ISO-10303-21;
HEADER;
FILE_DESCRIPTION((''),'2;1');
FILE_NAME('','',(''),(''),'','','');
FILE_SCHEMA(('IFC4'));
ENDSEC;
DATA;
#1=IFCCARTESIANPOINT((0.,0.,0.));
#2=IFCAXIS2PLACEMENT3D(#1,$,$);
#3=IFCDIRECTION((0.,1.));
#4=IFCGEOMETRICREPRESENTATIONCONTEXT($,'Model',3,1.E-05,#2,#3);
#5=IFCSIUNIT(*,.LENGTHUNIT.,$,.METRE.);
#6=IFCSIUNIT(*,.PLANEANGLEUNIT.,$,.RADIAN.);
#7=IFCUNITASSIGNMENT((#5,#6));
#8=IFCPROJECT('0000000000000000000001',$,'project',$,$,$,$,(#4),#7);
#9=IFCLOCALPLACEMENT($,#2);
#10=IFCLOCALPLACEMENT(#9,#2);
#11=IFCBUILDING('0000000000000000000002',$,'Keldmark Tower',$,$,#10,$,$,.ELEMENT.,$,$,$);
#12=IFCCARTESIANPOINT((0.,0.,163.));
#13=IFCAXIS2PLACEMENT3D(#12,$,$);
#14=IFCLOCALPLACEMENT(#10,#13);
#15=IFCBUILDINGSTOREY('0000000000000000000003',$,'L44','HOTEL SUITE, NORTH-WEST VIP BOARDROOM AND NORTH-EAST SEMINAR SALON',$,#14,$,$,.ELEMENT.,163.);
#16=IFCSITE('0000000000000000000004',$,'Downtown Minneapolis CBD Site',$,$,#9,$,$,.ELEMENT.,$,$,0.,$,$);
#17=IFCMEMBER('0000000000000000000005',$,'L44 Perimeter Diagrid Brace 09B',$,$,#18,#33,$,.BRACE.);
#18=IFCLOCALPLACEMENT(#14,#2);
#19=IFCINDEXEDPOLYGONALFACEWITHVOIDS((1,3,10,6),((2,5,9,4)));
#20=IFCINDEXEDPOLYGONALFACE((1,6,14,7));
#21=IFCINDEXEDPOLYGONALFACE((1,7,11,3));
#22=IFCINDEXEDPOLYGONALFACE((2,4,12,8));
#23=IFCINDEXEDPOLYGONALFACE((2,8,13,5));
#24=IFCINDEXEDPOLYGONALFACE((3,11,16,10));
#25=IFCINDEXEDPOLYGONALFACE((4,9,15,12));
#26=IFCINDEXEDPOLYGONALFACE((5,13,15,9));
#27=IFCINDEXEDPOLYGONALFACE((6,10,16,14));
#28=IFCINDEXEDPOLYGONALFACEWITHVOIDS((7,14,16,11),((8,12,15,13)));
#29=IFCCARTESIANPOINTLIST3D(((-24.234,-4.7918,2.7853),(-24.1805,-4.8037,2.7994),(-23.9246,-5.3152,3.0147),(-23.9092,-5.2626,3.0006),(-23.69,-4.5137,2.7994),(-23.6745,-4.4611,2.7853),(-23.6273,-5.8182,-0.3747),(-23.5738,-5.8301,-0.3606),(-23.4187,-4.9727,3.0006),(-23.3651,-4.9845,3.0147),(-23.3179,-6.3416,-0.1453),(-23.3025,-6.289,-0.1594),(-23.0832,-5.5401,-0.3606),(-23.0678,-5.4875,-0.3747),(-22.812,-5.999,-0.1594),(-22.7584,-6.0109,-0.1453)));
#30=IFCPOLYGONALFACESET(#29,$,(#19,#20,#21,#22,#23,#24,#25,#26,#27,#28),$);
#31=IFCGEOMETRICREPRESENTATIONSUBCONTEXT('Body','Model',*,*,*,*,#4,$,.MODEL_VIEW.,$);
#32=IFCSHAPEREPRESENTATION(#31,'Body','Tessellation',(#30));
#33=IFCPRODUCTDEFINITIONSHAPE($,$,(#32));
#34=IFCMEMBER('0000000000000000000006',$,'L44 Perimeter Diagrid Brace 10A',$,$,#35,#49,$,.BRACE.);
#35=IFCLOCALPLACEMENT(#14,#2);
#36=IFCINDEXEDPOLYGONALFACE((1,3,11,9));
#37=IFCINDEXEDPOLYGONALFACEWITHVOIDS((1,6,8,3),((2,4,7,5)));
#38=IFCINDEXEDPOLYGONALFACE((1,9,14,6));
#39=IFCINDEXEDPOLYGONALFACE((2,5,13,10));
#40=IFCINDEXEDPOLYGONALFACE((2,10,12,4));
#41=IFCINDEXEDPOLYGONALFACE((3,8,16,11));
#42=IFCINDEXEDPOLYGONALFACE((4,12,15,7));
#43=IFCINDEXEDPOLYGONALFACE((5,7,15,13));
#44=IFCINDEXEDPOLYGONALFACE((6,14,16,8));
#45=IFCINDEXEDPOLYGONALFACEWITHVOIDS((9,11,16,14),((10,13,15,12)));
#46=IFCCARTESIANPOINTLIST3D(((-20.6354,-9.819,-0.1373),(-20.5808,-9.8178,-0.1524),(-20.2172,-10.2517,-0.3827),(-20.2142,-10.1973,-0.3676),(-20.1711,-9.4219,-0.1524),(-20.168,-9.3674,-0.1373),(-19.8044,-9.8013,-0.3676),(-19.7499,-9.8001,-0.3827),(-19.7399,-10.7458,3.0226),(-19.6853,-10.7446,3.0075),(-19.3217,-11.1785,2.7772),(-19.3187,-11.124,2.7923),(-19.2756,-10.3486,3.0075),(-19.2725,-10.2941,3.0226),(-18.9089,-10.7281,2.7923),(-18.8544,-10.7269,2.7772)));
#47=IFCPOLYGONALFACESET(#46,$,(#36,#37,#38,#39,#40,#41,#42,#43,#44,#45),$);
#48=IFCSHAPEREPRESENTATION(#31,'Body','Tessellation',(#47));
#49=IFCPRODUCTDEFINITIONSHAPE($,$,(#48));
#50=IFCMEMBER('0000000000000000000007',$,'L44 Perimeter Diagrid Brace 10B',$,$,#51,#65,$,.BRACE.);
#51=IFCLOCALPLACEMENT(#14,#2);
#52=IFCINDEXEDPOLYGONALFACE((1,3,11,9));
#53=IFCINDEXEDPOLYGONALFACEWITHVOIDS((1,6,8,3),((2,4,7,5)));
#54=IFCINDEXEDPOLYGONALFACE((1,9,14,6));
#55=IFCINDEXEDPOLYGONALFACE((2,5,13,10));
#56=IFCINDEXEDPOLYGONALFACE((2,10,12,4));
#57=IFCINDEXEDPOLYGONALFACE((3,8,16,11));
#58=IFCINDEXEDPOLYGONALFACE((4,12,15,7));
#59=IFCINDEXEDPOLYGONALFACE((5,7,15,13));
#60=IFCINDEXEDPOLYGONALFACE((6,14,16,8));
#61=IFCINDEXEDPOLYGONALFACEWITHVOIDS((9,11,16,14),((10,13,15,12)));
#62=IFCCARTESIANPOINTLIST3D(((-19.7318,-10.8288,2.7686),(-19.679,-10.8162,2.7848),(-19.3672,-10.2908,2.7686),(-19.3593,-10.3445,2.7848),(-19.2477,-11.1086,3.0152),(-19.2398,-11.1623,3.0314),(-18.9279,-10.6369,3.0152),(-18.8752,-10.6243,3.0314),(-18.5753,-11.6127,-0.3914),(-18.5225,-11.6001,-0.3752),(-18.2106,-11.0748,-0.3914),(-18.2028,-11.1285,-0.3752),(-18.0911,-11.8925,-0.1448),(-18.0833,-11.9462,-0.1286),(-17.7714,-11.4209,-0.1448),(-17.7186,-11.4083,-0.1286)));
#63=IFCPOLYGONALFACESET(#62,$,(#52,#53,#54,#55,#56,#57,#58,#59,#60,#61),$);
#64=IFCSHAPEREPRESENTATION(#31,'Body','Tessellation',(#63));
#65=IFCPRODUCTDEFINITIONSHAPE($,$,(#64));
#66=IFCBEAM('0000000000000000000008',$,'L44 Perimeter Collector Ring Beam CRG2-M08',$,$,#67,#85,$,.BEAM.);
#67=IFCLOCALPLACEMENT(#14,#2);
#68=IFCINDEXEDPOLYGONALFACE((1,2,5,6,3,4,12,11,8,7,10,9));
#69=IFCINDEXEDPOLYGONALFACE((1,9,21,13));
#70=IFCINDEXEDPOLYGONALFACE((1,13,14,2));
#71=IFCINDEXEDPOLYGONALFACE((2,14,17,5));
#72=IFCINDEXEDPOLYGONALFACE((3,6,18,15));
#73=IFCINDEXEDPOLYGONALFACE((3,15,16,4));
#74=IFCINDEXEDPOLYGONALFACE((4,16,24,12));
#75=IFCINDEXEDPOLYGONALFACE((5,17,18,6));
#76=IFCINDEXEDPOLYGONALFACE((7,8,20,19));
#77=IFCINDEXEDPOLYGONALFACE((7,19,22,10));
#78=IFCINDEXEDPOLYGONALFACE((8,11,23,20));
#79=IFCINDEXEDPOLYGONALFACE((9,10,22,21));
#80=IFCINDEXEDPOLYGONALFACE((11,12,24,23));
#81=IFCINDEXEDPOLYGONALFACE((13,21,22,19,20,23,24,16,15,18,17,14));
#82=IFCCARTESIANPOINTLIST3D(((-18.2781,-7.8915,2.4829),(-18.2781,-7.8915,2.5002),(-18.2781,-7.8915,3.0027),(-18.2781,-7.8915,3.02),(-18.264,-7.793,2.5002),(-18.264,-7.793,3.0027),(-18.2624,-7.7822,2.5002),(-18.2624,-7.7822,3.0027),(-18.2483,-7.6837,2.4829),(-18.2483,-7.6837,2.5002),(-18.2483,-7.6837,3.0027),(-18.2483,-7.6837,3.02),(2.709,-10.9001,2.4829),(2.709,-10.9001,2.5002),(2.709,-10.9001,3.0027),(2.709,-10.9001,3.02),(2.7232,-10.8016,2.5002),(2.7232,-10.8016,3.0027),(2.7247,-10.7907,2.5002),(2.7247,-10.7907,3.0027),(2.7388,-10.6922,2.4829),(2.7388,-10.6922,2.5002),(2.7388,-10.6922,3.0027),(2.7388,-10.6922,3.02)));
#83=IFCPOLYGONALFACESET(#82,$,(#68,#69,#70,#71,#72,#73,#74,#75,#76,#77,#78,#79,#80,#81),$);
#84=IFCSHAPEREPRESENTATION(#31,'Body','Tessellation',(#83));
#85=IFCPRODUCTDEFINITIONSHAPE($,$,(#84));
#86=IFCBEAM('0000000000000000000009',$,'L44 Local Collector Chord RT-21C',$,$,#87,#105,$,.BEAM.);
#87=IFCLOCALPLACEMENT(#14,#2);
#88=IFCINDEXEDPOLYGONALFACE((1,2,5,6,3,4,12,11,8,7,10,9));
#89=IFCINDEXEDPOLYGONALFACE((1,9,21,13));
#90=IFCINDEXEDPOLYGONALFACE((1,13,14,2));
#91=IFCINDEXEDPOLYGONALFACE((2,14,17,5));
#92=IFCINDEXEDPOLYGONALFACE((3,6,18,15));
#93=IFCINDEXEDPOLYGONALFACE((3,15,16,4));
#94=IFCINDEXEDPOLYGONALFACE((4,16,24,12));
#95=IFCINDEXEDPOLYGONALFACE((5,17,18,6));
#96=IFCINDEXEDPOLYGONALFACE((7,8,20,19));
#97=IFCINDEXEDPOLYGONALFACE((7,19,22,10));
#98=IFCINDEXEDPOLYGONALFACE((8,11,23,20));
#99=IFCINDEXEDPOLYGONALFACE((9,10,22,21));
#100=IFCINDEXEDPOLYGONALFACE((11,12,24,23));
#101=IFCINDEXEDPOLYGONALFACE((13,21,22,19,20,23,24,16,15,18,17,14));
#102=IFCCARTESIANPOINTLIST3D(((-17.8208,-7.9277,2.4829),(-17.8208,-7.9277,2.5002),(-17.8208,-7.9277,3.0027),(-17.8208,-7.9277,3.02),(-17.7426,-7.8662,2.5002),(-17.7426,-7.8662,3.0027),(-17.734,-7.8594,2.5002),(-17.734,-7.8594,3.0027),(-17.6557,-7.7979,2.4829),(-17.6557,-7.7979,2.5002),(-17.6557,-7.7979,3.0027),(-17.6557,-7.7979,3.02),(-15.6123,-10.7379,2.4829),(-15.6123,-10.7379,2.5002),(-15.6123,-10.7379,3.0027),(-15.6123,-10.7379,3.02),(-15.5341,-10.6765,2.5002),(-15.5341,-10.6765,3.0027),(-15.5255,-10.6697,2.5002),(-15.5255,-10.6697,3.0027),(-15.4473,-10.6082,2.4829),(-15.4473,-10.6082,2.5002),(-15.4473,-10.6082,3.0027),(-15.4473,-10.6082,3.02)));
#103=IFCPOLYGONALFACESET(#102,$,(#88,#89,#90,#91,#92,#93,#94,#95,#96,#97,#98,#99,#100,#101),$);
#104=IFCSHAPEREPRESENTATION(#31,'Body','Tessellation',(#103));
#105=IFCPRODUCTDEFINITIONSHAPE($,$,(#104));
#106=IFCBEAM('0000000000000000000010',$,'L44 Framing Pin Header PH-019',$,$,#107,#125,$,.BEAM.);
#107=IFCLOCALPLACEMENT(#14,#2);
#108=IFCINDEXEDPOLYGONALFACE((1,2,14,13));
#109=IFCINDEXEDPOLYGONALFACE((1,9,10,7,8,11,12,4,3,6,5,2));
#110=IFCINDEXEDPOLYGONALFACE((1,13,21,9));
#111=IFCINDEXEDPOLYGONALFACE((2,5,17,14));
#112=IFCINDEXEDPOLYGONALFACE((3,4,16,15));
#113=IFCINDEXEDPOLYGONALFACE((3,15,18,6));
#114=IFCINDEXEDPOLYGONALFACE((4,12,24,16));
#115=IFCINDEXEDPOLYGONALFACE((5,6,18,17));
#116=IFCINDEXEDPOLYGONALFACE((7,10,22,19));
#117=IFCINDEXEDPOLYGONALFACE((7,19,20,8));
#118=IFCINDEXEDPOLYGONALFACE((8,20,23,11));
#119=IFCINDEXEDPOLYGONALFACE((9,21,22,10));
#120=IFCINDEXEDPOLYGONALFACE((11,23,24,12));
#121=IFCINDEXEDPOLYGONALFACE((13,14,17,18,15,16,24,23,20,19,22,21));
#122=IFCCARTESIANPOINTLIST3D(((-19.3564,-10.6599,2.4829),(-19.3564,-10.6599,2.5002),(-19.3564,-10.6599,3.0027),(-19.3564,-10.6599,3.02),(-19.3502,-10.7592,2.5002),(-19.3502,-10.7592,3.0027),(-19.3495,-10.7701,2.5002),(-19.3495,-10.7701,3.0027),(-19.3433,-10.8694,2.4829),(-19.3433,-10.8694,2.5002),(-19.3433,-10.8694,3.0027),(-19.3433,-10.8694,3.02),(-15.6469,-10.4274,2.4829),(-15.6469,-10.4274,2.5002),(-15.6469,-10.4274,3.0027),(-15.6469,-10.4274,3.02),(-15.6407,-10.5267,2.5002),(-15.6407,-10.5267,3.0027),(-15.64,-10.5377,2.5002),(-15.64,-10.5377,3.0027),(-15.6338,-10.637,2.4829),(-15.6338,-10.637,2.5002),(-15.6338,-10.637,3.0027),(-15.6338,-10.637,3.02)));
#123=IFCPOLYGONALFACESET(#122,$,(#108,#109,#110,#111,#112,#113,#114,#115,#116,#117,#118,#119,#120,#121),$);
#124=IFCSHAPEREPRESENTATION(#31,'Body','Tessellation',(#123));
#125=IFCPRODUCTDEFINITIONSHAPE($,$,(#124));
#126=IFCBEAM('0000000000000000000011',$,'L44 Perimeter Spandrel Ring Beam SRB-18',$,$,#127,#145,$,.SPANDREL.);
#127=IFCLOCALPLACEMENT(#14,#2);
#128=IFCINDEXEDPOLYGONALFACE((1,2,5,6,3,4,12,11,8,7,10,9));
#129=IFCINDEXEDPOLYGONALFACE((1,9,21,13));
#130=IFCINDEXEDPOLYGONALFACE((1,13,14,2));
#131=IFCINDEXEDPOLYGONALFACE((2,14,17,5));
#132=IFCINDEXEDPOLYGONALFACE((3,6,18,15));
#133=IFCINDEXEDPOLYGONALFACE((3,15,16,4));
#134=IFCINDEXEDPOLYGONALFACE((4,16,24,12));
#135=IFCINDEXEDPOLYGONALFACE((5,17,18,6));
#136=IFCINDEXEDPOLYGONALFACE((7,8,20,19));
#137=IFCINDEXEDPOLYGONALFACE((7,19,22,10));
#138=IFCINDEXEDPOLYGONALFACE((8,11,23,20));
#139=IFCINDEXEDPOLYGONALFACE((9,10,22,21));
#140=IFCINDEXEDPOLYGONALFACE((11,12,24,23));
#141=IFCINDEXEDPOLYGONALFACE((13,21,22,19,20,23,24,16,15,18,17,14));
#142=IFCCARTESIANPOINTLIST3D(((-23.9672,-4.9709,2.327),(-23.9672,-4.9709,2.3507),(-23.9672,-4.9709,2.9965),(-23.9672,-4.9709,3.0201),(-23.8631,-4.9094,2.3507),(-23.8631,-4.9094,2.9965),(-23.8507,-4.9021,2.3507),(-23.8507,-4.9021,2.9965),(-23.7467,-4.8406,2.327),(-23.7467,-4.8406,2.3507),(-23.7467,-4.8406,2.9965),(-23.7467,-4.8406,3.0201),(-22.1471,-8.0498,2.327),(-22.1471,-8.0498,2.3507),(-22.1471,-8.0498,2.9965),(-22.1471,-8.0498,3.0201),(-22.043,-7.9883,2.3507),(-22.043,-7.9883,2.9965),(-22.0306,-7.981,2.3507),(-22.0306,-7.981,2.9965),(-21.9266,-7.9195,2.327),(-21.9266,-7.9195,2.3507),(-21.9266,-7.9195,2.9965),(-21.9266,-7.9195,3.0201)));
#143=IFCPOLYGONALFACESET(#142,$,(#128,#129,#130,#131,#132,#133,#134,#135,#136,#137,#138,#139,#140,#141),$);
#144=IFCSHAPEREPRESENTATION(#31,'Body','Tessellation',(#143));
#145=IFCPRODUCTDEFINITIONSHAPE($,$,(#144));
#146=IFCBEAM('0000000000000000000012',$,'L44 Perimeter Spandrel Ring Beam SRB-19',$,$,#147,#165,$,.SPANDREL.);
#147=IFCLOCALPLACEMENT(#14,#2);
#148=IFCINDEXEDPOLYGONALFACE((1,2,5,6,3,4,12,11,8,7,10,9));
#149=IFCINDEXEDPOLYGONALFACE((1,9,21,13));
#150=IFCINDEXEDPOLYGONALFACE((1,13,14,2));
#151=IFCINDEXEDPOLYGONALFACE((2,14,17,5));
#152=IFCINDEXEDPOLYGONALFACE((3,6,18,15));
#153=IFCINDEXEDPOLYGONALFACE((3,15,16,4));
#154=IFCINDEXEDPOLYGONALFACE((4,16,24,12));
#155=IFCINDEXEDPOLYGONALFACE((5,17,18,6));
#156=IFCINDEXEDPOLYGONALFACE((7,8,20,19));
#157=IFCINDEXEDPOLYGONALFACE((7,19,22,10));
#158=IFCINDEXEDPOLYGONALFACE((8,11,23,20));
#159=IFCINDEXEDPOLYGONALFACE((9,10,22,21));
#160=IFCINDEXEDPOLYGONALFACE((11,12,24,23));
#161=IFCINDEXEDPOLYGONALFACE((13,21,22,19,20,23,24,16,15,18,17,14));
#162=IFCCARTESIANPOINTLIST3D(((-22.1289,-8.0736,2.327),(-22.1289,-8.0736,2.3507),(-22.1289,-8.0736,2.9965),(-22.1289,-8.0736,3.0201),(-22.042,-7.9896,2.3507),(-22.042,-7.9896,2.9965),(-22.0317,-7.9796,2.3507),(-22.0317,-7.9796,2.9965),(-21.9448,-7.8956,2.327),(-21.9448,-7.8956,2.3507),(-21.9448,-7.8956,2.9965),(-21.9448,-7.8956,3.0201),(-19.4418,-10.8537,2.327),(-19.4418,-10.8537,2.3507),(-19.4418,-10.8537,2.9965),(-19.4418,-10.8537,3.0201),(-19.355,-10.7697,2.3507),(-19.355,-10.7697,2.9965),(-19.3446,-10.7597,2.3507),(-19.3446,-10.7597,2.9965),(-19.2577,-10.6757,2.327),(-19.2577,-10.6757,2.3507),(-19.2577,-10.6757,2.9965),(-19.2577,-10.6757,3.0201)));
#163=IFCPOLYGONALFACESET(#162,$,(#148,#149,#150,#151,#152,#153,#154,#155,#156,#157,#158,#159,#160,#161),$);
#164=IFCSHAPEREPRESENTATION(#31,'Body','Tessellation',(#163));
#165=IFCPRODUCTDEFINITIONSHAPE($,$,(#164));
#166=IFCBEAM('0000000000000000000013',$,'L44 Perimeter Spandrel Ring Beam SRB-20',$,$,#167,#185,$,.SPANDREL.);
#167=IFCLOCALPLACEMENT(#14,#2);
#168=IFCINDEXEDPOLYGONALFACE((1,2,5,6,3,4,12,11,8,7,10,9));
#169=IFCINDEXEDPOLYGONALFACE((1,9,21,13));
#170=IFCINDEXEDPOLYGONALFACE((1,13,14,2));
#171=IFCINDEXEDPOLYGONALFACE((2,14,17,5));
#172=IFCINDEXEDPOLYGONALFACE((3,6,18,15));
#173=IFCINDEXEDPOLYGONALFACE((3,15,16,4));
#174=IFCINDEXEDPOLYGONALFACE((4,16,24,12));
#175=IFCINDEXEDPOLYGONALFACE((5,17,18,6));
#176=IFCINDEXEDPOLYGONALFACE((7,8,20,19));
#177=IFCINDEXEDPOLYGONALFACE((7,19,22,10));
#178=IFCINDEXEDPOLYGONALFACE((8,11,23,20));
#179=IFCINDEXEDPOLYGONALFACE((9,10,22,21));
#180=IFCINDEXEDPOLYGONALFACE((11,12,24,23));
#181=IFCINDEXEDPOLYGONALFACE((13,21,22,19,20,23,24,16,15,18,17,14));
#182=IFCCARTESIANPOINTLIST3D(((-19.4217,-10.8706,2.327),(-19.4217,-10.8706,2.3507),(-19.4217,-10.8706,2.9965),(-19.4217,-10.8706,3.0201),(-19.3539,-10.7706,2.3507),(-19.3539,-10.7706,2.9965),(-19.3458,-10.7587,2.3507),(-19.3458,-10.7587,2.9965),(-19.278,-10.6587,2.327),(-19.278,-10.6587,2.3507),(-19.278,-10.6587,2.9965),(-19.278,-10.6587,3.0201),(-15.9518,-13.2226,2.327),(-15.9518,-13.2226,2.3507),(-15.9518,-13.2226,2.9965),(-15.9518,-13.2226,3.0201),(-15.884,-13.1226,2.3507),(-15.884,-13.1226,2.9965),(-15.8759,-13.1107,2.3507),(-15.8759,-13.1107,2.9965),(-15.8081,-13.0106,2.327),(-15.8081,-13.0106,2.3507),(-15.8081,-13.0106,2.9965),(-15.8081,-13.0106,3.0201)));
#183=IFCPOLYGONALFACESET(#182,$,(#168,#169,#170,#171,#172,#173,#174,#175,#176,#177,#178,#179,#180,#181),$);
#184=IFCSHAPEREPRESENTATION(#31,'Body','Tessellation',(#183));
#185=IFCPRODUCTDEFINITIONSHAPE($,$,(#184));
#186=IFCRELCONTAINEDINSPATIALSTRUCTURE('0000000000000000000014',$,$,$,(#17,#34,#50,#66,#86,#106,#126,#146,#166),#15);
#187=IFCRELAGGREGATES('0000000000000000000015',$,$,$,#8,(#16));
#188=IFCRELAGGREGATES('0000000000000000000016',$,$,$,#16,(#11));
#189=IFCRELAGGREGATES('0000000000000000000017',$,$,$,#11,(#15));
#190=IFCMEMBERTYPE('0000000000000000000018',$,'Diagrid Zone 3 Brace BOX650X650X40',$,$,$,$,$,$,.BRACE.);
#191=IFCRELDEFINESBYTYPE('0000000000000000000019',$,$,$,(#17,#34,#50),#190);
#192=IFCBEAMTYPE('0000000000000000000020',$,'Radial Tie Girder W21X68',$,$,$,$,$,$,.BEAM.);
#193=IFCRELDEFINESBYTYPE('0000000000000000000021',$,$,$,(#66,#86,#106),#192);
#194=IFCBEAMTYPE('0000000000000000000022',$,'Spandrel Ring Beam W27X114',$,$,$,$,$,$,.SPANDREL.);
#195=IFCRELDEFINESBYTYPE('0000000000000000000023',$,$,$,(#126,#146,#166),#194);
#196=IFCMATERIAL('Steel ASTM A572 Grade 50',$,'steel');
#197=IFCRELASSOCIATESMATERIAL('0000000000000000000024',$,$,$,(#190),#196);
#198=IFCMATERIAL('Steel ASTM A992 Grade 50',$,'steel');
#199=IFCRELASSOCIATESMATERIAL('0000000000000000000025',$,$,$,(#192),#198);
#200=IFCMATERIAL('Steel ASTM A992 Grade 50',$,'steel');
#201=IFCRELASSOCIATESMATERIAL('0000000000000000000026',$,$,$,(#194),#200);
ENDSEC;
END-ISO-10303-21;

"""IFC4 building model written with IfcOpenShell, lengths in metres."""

from ifc_helpers import new_model, si_unit, direction, frame, origin, origin_2d, place, context, subcontext, project, spatial, hollow_rectangle, i_section, extrude, material, material_profile, profile_set, type_object, element, save


model = new_model("IFC4")

# Units and contexts
model_context = context("Model", 3, precision=1e-05, world=origin(), true_north=direction((0.0, 1.0)))
body_context = subcontext(model_context, "Body", "Model", "MODEL_VIEW")
ifc_project = project(units=[si_unit("LENGTHUNIT", "METRE"), si_unit("PLANEANGLEUNIT", "RADIAN")], contexts=[model_context])

# Site, building, storey
site_placement = place(None, origin())
site = spatial("IfcSite", under=ifc_project, at=site_placement, Name="Downtown Minneapolis CBD Site", CompositionType="ELEMENT", RefElevation=0.0)
building_placement = place(site_placement, origin())
building = spatial("IfcBuilding", under=site, at=building_placement, Name="Keldmark Tower", CompositionType="ELEMENT")
storey_placement = place(building_placement, frame((0.0, 0.0, 163.0)))
storey = spatial("IfcBuildingStorey", under=building, at=storey_placement, Name="L44", Description="HOTEL SUITE, NORTH-WEST VIP BOARDROOM AND NORTH-EAST SEMINAR SALON", CompositionType="ELEMENT", Elevation=163.0)

# Members
ifc_material_1 = material(Name="Steel ASTM A572 Grade 50", Category="steel")
ifc_material_profile_1 = material_profile(ifc_material_1, hollow_rectangle(XDim=0.6499, YDim=0.6499, WallThickness=0.04, at=origin_2d()), Name="BOX650X650X40")
ifc_profile_set_1 = profile_set([ifc_material_profile_1], Name="Steel ASTM A572 Grade 50")
member_type = type_object("IfcMemberType", Name="Diagrid Zone 3 Brace BOX650X650X40", PredefinedType="BRACE", material=ifc_profile_set_1)
member_1_placement = place(storey_placement, frame((-23.1929, -5.9146, -0.26), z_axis=(-0.179634, 0.303896, 0.935617), x_axis=(-0.860853, -0.508853, 0.0)))
element("IfcMember", 1, at=member_1_placement, inside=storey, type_object=member_type, Name="L44 Perimeter Diagrid Brace 09B", PredefinedType="BRACE", context=body_context, shape_type="SweptSolid", body=[
    extrude(hollow_rectangle(XDim=0.6499, YDim=0.6499, WallThickness=0.04, at=origin_2d()), origin(), (0.0, 0.0, 1.0), 3.3774),
])
member_2_placement = place(storey_placement, frame((-20.1926, -9.8096, -0.26), z_axis=(0.262412, -0.271569, 0.925954), x_axis=(0.719127, 0.694878, 0.0)))
element("IfcMember", 2, at=member_2_placement, inside=storey, type_object=member_type, Name="L44 Perimeter Diagrid Brace 10A", PredefinedType="BRACE", context=body_context, shape_type="SweptSolid", body=[
    extrude(hollow_rectangle(XDim=0.6499, YDim=0.6499, WallThickness=0.04, at=origin_2d()), origin(), (0.0, 0.0, 1.0), 3.4126),
])
member_3_placement = place(storey_placement, frame((-18.147, -11.5105, -0.26), z_axis=(-0.33473, 0.226898, 0.914589), x_axis=(-0.561095, -0.827751, 0.0)))
element("IfcMember", 3, at=member_3_placement, inside=storey, type_object=member_type, Name="L44 Perimeter Diagrid Brace 10B", PredefinedType="BRACE", context=body_context, shape_type="SweptSolid", body=[
    extrude(hollow_rectangle(XDim=0.6499, YDim=0.6499, WallThickness=0.04, at=origin_2d()), origin(), (0.0, 0.0, 1.0), 3.4551),
])

# Beams
ifc_material_2 = material(Name="Steel ASTM A992 Grade 50", Category="steel")
ifc_material_profile_2 = material_profile(ifc_material_2, i_section(OverallWidth=0.21, OverallDepth=0.5371, WebThickness=0.011, FlangeThickness=0.0173, at=origin_2d()), Name="W21X68")
ifc_profile_set_2 = profile_set([ifc_material_profile_2], Name="Steel ASTM A992 Grade 50")
beam_type_1 = type_object("IfcBeamType", Name="Radial Tie Girder W21X68", PredefinedType="BEAM", material=ifc_profile_set_2)
beam_1_placement = place(storey_placement, frame((-18.2632, -7.7876, 2.7515), z_axis=(0.989881, -0.141902, 0.0), x_axis=(0.141902, 0.989881, 0.0)))
element("IfcBeam", 4, at=beam_1_placement, inside=storey, type_object=beam_type_1, Name="L44 Perimeter Collector Ring Beam CRG2-M08", PredefinedType="BEAM", context=body_context, shape_type="SweptSolid", body=[
    extrude(i_section(OverallWidth=0.21, OverallDepth=0.5371, WebThickness=0.011, FlangeThickness=0.0173, at=origin_2d()), origin(), (0.0, 0.0, 1.0), 21.2017),
])
beam_2_placement = place(storey_placement, frame((-17.7383, -7.8628, 2.7515), z_axis=(0.617891, -0.786264, 0.0), x_axis=(0.786264, 0.617891, 0.0)))
element("IfcBeam", 5, at=beam_2_placement, inside=storey, type_object=beam_type_1, Name="L44 Local Collector Chord RT-21C", PredefinedType="BEAM", context=body_context, shape_type="SweptSolid", body=[
    extrude(i_section(OverallWidth=0.21, OverallDepth=0.5371, WebThickness=0.011, FlangeThickness=0.0173, at=origin_2d()), origin(), (0.0, 0.0, 1.0), 3.5742),
])
beam_3_placement = place(storey_placement, frame((-19.3499, -10.7646, 2.7515), z_axis=(0.998043, 0.062534, 0.0), x_axis=(-0.062534, 0.998043, 0.0)))
element("IfcBeam", 6, at=beam_3_placement, inside=storey, type_object=beam_type_1, Name="L44 Framing Pin Header PH-019", PredefinedType="BEAM", context=body_context, shape_type="SweptSolid", body=[
    extrude(i_section(OverallWidth=0.21, OverallDepth=0.5371, WebThickness=0.011, FlangeThickness=0.0173, at=origin_2d()), origin(), (0.0, 0.0, 1.0), 3.7168),
])
ifc_material_3 = material(Name="Steel ASTM A992 Grade 50", Category="steel")
ifc_material_profile_3 = material_profile(ifc_material_3, i_section(OverallWidth=0.2561, OverallDepth=0.6931, WebThickness=0.0144, FlangeThickness=0.0237, at=origin_2d()), Name="W27X114")
ifc_profile_set_3 = profile_set([ifc_material_profile_3], Name="Steel ASTM A992 Grade 50")
beam_type_2 = type_object("IfcBeamType", Name="Spandrel Ring Beam W27X114", PredefinedType="SPANDREL", material=ifc_profile_set_3)
beam_4_placement = place(storey_placement, frame((-23.8569, -4.9058, 2.6736), z_axis=(0.508883, -0.860835, 0.0), x_axis=(0.860835, 0.508883, 0.0)))
element("IfcBeam", 7, at=beam_4_placement, inside=storey, type_object=beam_type_2, Name="L44 Perimeter Spandrel Ring Beam SRB-18", PredefinedType="SPANDREL", context=body_context, shape_type="SweptSolid", body=[
    extrude(i_section(OverallWidth=0.2561, OverallDepth=0.6931, WebThickness=0.0144, FlangeThickness=0.0237, at=origin_2d()), origin(), (0.0, 0.0, 1.0), 3.5767),
])
beam_5_placement = place(storey_placement, frame((-22.0369, -7.9846, 2.6736), z_axis=(0.694975, -0.719034, 0.0), x_axis=(0.719034, 0.694975, 0.0)))
element("IfcBeam", 8, at=beam_5_placement, inside=storey, type_object=beam_type_2, Name="L44 Perimeter Spandrel Ring Beam SRB-19", PredefinedType="SPANDREL", context=body_context, shape_type="SweptSolid", body=[
    extrude(i_section(OverallWidth=0.2561, OverallDepth=0.6931, WebThickness=0.0144, FlangeThickness=0.0237, at=origin_2d()), origin(), (0.0, 0.0, 1.0), 3.8665),
])
beam_6_placement = place(storey_placement, frame((-19.3499, -10.7646, 2.6736), z_axis=(0.827761, -0.561081, 0.0), x_axis=(0.561081, 0.827761, 0.0)))
element("IfcBeam", 9, at=beam_6_placement, inside=storey, type_object=beam_type_2, Name="L44 Perimeter Spandrel Ring Beam SRB-20", PredefinedType="SPANDREL", context=body_context, shape_type="SweptSolid", body=[
    extrude(i_section(OverallWidth=0.2561, OverallDepth=0.6931, WebThickness=0.0144, FlangeThickness=0.0237, at=origin_2d()), origin(), (0.0, 0.0, 1.0), 4.1919),
])

save(model, "model.ifc")
